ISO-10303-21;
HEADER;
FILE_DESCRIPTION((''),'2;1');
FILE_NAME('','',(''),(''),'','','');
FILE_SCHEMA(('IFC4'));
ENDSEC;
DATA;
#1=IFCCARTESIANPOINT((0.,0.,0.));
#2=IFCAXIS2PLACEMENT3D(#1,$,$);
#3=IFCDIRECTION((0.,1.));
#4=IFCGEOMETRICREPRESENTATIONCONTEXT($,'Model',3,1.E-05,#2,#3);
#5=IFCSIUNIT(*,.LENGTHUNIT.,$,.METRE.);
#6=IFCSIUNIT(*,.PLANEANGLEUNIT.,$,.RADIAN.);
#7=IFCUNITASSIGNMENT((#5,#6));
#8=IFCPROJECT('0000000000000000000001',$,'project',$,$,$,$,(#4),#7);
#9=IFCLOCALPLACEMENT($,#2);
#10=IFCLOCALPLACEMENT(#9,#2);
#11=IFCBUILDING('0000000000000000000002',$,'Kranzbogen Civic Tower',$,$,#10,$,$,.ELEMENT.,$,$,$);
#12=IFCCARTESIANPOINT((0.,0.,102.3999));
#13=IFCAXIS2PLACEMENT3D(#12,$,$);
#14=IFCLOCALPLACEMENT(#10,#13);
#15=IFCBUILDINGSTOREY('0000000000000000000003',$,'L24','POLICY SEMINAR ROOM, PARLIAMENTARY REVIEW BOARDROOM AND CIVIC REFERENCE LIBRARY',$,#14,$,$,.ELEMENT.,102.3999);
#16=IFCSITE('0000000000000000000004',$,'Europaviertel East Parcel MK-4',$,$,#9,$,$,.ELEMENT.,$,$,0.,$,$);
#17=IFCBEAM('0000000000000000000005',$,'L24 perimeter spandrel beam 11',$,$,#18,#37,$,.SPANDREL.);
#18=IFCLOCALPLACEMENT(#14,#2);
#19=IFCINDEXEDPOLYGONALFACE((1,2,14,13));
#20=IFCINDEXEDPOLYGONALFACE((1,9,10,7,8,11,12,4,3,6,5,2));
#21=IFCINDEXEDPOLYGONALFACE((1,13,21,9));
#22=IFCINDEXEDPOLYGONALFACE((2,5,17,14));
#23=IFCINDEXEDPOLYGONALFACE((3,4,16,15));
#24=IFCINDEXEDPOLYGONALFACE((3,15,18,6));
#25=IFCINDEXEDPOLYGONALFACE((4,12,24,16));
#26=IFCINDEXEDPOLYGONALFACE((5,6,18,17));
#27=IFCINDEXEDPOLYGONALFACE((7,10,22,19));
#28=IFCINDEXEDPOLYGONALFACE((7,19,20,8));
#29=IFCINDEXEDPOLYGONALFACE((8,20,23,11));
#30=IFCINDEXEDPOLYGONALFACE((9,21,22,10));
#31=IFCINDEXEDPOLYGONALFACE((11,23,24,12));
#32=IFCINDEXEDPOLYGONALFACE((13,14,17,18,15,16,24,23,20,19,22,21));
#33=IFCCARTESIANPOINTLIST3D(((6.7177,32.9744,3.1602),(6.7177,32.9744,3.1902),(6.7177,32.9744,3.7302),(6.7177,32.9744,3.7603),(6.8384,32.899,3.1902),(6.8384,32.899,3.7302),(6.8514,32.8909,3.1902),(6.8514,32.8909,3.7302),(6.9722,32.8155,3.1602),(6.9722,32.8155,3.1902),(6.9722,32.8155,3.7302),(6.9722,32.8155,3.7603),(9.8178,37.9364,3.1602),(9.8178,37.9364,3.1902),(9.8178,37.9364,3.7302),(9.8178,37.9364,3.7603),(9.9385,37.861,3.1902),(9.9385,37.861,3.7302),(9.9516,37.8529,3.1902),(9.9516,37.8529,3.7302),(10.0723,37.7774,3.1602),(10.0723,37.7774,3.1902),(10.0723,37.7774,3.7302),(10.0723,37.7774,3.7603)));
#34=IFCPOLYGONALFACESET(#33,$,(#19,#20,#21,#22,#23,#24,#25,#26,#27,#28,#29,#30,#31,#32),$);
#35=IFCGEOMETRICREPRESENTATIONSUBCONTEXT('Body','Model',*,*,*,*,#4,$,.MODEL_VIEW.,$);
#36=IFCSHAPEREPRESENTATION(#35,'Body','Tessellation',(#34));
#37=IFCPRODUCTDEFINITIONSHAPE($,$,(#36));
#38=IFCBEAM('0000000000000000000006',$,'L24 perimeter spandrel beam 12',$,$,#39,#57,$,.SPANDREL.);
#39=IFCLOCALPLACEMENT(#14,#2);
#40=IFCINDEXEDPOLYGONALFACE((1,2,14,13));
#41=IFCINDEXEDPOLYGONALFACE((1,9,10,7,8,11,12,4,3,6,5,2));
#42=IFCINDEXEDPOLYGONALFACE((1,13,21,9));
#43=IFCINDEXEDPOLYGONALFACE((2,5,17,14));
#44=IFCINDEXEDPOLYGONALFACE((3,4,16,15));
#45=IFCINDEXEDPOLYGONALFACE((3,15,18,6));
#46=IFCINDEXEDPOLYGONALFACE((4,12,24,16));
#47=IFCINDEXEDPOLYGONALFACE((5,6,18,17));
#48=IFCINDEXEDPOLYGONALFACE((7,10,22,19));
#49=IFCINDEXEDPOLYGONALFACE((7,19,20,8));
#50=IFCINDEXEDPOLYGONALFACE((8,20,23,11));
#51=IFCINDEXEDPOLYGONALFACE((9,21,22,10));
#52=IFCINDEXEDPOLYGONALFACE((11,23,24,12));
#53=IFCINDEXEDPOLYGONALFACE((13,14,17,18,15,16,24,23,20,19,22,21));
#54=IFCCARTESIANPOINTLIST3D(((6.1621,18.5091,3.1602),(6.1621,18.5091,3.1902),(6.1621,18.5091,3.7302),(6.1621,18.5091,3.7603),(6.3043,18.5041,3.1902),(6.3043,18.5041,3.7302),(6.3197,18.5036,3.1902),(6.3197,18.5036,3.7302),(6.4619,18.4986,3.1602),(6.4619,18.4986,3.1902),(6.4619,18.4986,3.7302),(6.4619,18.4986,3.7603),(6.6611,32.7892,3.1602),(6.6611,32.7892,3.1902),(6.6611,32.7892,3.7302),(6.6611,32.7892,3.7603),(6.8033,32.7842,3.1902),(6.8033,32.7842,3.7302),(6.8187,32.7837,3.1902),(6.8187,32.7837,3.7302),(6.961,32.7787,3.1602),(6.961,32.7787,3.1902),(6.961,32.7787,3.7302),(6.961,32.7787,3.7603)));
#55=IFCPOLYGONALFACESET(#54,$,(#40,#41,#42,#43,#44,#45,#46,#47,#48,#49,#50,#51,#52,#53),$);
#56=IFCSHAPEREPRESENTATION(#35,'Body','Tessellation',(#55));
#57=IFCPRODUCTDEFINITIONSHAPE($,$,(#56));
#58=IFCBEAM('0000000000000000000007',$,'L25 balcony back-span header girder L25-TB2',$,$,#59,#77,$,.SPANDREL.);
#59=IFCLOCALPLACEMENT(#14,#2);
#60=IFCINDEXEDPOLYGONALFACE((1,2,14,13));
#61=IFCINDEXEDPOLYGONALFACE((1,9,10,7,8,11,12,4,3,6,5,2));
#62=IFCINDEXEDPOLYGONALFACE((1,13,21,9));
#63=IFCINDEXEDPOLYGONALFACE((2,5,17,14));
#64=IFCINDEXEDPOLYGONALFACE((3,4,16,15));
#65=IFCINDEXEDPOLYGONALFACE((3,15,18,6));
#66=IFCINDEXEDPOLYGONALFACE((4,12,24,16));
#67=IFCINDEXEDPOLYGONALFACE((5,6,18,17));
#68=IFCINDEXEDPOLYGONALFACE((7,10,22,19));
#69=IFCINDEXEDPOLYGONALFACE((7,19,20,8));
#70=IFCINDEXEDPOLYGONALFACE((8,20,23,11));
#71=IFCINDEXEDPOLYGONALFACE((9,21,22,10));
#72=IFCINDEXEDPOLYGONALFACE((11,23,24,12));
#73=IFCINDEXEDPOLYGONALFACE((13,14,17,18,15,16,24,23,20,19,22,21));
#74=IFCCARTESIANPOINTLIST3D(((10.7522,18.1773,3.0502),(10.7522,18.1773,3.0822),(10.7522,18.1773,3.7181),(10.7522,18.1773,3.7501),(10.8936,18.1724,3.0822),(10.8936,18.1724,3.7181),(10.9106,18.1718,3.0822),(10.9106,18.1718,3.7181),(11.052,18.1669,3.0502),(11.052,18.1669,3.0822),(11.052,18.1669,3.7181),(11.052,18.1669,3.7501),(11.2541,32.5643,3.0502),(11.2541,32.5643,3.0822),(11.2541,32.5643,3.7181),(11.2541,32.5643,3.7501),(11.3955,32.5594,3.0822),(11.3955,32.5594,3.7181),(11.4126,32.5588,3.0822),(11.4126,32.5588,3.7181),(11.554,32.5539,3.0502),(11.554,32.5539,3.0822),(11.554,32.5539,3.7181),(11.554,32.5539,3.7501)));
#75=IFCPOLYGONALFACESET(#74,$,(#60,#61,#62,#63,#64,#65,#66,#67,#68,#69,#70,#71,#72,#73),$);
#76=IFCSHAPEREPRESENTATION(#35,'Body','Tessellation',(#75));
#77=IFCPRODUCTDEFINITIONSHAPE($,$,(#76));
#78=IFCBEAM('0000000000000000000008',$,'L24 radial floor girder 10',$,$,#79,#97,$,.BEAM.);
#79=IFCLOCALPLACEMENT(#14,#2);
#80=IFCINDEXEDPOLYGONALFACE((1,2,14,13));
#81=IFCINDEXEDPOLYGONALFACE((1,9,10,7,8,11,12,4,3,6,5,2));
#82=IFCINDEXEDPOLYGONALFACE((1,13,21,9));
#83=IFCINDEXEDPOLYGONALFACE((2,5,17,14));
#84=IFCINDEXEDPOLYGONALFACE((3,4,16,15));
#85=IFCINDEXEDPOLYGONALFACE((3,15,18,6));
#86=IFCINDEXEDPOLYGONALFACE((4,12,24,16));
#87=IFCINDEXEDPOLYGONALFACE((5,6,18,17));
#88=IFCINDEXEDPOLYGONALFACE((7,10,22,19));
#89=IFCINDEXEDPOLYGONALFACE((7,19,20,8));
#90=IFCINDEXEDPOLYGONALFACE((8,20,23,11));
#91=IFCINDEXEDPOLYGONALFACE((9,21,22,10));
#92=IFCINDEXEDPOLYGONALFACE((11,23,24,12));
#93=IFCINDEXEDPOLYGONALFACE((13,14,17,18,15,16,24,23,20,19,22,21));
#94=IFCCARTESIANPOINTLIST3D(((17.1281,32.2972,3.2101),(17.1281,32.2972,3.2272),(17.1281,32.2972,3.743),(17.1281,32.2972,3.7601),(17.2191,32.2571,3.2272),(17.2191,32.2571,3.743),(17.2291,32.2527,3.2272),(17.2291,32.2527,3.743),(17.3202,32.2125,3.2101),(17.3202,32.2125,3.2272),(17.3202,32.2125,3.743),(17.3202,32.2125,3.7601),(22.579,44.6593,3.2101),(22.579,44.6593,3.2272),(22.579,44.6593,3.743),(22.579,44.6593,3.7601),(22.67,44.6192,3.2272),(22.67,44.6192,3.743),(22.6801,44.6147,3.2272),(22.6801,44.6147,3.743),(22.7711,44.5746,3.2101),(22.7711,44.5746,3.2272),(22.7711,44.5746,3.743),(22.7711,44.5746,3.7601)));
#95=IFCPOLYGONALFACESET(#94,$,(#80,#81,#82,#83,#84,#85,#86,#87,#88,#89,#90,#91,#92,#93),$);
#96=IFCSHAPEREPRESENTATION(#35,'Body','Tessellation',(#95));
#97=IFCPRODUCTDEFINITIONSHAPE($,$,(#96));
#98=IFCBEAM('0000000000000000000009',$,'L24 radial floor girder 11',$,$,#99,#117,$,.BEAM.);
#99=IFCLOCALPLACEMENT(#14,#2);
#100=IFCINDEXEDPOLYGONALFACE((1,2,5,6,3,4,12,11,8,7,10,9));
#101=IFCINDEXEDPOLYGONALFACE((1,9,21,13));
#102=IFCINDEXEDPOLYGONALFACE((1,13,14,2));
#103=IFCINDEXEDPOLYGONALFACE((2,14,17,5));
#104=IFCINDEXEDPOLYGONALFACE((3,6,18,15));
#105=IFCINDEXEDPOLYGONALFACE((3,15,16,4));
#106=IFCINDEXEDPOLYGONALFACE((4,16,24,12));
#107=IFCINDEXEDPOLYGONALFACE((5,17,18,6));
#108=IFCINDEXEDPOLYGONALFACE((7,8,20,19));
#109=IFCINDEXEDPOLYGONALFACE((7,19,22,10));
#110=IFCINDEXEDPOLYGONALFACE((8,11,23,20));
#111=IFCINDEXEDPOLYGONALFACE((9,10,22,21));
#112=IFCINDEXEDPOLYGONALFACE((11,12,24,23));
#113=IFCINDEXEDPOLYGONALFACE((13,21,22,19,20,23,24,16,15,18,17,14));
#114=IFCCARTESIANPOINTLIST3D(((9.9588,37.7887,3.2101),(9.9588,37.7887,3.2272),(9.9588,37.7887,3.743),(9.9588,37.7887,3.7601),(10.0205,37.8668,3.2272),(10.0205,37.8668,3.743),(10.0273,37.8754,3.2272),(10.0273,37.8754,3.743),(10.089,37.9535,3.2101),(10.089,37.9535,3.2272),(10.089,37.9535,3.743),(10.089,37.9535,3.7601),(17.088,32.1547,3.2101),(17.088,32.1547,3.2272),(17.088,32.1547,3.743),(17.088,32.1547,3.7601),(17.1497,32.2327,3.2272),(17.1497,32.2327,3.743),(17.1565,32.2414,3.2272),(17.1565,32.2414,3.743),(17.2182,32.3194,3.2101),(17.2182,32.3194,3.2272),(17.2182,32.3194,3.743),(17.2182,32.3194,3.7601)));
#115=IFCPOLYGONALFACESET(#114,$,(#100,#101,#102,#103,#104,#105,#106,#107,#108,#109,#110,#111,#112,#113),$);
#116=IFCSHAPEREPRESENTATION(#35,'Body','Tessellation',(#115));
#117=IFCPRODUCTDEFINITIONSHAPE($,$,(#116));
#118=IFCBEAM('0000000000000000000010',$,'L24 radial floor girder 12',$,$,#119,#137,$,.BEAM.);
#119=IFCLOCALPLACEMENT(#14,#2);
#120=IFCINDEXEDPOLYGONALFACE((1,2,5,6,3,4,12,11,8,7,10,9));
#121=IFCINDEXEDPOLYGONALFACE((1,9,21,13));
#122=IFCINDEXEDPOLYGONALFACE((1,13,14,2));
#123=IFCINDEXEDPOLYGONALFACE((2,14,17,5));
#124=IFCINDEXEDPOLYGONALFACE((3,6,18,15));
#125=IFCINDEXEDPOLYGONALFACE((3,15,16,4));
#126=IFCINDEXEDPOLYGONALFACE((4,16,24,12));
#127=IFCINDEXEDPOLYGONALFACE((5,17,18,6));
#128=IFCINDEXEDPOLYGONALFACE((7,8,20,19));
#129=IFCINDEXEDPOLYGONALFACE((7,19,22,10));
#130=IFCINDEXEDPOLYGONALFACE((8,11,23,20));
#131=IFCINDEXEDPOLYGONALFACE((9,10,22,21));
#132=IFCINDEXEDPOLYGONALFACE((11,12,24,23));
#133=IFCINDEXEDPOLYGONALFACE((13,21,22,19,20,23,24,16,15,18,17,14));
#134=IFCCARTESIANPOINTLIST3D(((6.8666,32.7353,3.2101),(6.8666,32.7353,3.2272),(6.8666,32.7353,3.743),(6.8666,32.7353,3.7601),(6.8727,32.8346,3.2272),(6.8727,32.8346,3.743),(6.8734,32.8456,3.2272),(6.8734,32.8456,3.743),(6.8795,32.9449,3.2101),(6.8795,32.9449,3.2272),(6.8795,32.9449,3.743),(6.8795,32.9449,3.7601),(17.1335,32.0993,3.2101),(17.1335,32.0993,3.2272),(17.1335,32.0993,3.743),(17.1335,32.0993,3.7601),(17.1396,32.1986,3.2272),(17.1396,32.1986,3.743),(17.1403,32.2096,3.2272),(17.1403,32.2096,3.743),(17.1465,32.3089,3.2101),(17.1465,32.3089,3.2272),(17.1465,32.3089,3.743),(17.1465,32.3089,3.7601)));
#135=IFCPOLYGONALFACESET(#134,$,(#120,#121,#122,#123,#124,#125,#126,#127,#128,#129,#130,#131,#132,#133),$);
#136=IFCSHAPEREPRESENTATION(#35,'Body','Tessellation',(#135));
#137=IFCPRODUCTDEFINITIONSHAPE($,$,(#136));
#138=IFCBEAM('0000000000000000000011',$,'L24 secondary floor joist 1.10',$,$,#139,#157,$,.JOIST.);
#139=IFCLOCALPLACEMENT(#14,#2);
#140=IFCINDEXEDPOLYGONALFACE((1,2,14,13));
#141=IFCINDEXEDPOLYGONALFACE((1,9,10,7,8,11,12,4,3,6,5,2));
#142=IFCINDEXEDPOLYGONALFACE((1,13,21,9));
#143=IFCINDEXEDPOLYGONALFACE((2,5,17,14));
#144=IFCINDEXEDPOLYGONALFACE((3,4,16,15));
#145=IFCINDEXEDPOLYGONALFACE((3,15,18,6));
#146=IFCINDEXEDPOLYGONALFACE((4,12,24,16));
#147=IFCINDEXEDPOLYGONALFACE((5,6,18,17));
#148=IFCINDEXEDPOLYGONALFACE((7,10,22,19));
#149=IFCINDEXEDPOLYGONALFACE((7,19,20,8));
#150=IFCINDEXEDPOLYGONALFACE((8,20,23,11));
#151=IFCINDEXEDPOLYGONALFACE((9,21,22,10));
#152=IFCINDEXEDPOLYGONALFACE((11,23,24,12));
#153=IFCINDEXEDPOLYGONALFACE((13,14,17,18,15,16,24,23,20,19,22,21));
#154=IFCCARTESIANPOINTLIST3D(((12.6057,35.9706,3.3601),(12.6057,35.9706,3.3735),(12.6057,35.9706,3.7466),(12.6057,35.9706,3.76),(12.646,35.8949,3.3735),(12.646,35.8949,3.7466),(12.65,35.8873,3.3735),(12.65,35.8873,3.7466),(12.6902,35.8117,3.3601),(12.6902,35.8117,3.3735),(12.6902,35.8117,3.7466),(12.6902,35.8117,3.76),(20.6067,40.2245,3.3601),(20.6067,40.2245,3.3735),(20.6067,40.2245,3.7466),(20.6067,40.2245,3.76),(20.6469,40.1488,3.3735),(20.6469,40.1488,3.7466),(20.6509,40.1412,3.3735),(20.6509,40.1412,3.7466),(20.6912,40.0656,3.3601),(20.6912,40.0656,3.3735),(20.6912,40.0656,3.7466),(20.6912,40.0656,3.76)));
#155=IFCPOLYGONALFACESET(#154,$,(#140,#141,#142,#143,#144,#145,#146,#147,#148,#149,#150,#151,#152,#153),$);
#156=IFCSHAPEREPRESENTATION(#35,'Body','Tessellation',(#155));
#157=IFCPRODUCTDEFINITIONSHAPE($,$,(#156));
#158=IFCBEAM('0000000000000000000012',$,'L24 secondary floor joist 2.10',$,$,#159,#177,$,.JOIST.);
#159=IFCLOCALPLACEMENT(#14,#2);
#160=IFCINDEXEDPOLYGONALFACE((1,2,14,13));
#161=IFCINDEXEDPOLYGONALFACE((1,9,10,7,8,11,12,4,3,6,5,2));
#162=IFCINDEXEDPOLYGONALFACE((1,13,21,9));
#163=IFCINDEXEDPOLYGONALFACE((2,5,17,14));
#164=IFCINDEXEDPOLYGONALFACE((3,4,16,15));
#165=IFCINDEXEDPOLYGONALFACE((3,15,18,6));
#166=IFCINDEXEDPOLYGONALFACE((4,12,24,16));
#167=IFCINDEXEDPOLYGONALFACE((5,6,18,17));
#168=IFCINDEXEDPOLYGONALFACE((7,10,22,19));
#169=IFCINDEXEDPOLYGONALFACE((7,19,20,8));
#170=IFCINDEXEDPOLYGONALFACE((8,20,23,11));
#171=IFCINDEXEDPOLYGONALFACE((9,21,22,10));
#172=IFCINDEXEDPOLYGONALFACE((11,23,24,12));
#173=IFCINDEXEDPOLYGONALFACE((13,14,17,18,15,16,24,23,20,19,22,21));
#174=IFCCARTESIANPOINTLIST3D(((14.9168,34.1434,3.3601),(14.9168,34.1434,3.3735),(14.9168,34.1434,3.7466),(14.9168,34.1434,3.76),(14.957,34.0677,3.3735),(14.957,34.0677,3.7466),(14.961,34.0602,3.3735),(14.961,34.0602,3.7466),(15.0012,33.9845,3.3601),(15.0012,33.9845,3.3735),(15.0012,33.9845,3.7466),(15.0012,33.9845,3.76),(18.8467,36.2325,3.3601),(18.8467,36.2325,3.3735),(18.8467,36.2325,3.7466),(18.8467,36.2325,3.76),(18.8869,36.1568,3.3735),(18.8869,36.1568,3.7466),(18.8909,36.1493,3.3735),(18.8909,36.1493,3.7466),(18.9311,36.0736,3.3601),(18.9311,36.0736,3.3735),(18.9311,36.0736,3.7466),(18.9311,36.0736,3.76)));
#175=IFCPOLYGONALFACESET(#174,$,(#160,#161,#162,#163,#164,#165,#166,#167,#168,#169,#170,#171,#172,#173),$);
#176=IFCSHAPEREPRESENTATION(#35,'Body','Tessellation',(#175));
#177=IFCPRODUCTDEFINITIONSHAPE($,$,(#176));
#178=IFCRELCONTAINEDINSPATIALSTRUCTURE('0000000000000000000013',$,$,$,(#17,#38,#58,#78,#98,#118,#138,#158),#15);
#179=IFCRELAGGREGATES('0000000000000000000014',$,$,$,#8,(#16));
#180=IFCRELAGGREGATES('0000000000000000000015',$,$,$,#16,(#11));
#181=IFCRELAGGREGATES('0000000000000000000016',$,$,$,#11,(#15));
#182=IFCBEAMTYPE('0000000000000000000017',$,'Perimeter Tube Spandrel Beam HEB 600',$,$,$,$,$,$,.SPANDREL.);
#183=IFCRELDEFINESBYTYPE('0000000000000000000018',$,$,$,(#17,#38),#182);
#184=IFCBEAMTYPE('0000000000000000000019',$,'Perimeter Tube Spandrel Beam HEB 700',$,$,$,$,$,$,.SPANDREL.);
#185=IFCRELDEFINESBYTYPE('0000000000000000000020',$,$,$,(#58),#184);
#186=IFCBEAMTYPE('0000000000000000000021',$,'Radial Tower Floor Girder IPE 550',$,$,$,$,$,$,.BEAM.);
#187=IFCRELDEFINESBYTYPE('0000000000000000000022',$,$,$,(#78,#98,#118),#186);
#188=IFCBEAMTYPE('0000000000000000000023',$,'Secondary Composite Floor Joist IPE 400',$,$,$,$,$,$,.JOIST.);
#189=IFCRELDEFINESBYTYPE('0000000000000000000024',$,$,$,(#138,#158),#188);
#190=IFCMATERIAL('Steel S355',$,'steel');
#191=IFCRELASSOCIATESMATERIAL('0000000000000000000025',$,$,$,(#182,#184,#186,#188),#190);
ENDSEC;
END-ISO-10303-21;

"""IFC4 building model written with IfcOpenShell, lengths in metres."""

from ifc_helpers import new_model, si_unit, direction, frame, origin, origin_2d, place, context, subcontext, project, spatial, i_section, extrude, material, material_profile, profile_set, type_object, element, save


model = new_model("IFC4")

# Units and contexts
model_context = context("Model", 3, precision=1e-05, world=origin(), true_north=direction((0.0, 1.0)))
body_context = subcontext(model_context, "Body", "Model", "MODEL_VIEW")
ifc_project = project(units=[si_unit("LENGTHUNIT", "METRE"), si_unit("PLANEANGLEUNIT", "RADIAN")], contexts=[model_context])

# Site, building, storey
site_placement = place(None, origin())
site = spatial("IfcSite", under=ifc_project, at=site_placement, Name="Europaviertel East Parcel MK-4", CompositionType="ELEMENT", RefElevation=0.0)
building_placement = place(site_placement, origin())
building = spatial("IfcBuilding", under=site, at=building_placement, Name="Kranzbogen Civic Tower", CompositionType="ELEMENT")
storey_placement = place(building_placement, frame((0.0, 0.0, 102.3999)))
storey = spatial("IfcBuildingStorey", under=building, at=storey_placement, Name="L24", Description="POLICY SEMINAR ROOM, PARLIAMENTARY REVIEW BOARDROOM AND CIVIC REFERENCE LIBRARY", CompositionType="ELEMENT", Elevation=102.3999)

# Beams
ifc_material_1 = material(Name="Steel S355", Category="steel")
ifc_material_profile_1 = material_profile(ifc_material_1, i_section(OverallWidth=0.3, OverallDepth=0.6001, WebThickness=0.0154, FlangeThickness=0.03, at=origin_2d()), Name="HEB 600")
ifc_profile_set_1 = profile_set([ifc_material_profile_1], Name="Steel S355")
beam_type_1 = type_object("IfcBeamType", Name="Perimeter Tube Spandrel Beam HEB 600", PredefinedType="SPANDREL", material=ifc_profile_set_1)
beam_1_placement = place(storey_placement, frame((9.9451, 37.8569, 3.4602), z_axis=(-0.529864, -0.848083, 0.0), x_axis=(0.848083, -0.529864, 0.0)))
element("IfcBeam", 1, at=beam_1_placement, inside=storey, type_object=beam_type_1, Name="L24 perimeter spandrel beam 11", PredefinedType="SPANDREL", context=body_context, shape_type="SweptSolid", body=[
    extrude(i_section(OverallWidth=0.3, OverallDepth=0.6001, WebThickness=0.0154, FlangeThickness=0.03, at=origin_2d()), origin(), (0.0, 0.0, 1.0), 5.8508),
])
beam_2_placement = place(storey_placement, frame((6.811, 32.7839, 3.4602), z_axis=(-0.034924, -0.99939, 0.0), x_axis=(0.99939, -0.034924, 0.0)))
element("IfcBeam", 2, at=beam_2_placement, inside=storey, type_object=beam_type_1, Name="L24 perimeter spandrel beam 12", PredefinedType="SPANDREL", context=body_context, shape_type="SweptSolid", body=[
    extrude(i_section(OverallWidth=0.3, OverallDepth=0.6001, WebThickness=0.0154, FlangeThickness=0.03, at=origin_2d()), origin(), (0.0, 0.0, 1.0), 14.2888),
])
ifc_material_profile_2 = material_profile(ifc_material_1, i_section(OverallWidth=0.3, OverallDepth=0.7, WebThickness=0.0171, FlangeThickness=0.032, at=origin_2d()), Name="HEB 700")
ifc_profile_set_2 = profile_set([ifc_material_profile_2], Name="Steel S355")
beam_type_2 = type_object("IfcBeamType", Name="Perimeter Tube Spandrel Beam HEB 700", PredefinedType="SPANDREL", material=ifc_profile_set_2)
beam_3_placement = place(storey_placement, frame((11.4041, 32.5591, 3.4001), z_axis=(-0.034868, -0.999392, 0.0), x_axis=(0.999392, -0.034868, 0.0)))
element("IfcBeam", 3, at=beam_3_placement, inside=storey, type_object=beam_type_2, Name="L25 balcony back-span header girder L25-TB2", PredefinedType="SPANDREL", context=body_context, shape_type="SweptSolid", body=[
    extrude(i_section(OverallWidth=0.3, OverallDepth=0.7, WebThickness=0.0171, FlangeThickness=0.032, at=origin_2d()), origin(), (0.0, 0.0, 1.0), 14.3958),
])
ifc_material_profile_3 = material_profile(ifc_material_1, i_section(OverallWidth=0.21, OverallDepth=0.55, WebThickness=0.011, FlangeThickness=0.0171, at=origin_2d()), Name="IPE 550")
ifc_profile_set_3 = profile_set([ifc_material_profile_3], Name="Steel S355")
beam_type_3 = type_object("IfcBeamType", Name="Radial Tower Floor Girder IPE 550", PredefinedType="BEAM", material=ifc_profile_set_3)
beam_4_placement = place(storey_placement, frame((22.675, 44.6169, 3.4851), z_axis=(-0.403459, -0.914998, 0.0), x_axis=(0.914998, -0.403459, 0.0)))
element("IfcBeam", 4, at=beam_4_placement, inside=storey, type_object=beam_type_3, Name="L24 radial floor girder 10", PredefinedType="BEAM", context=body_context, shape_type="SweptSolid", body=[
    extrude(i_section(OverallWidth=0.21, OverallDepth=0.55, WebThickness=0.011, FlangeThickness=0.0171, at=origin_2d()), origin(), (0.0, 0.0, 1.0), 13.5105),
])
beam_5_placement = place(storey_placement, frame((10.0239, 37.8711, 3.4851), z_axis=(0.784575, -0.620034, 0.0), x_axis=(0.620034, 0.784575, 0.0)))
element("IfcBeam", 5, at=beam_5_placement, inside=storey, type_object=beam_type_3, Name="L24 radial floor girder 11", PredefinedType="BEAM", context=body_context, shape_type="SweptSolid", body=[
    extrude(i_section(OverallWidth=0.21, OverallDepth=0.55, WebThickness=0.011, FlangeThickness=0.0171, at=origin_2d()), origin(), (0.0, 0.0, 1.0), 9.0867),
])
beam_6_placement = place(storey_placement, frame((6.873, 32.8401, 3.4851), z_axis=(0.998087, -0.061827, 0.0), x_axis=(0.061827, 0.998087, 0.0)))
element("IfcBeam", 6, at=beam_6_placement, inside=storey, type_object=beam_type_3, Name="L24 radial floor girder 12", PredefinedType="BEAM", context=body_context, shape_type="SweptSolid", body=[
    extrude(i_section(OverallWidth=0.21, OverallDepth=0.55, WebThickness=0.011, FlangeThickness=0.0171, at=origin_2d()), origin(), (0.0, 0.0, 1.0), 10.2866),
])
ifc_material_profile_4 = material_profile(ifc_material_1, i_section(OverallWidth=0.1799, OverallDepth=0.3999, WebThickness=0.0085, FlangeThickness=0.0134, at=origin_2d()), Name="IPE 400")
ifc_profile_set_4 = profile_set([ifc_material_profile_4], Name="Steel S355")
beam_type_4 = type_object("IfcBeamType", Name="Secondary Composite Floor Joist IPE 400", PredefinedType="JOIST", material=ifc_profile_set_4)
beam_7_placement = place(storey_placement, frame((20.6489, 40.145, 3.5601), z_axis=(-0.882961, -0.469447, 0.0), x_axis=(0.469447, -0.882961, 0.0)))
element("IfcBeam", 7, at=beam_7_placement, inside=storey, type_object=beam_type_4, Name="L24 secondary floor joist 1.10", PredefinedType="JOIST", context=body_context, shape_type="SweptSolid", body=[
    extrude(i_section(OverallWidth=0.1799, OverallDepth=0.3999, WebThickness=0.0085, FlangeThickness=0.0134, at=origin_2d()), origin(), (0.0, 0.0, 1.0), 9.0615),
])
beam_8_placement = place(storey_placement, frame((18.8889, 36.1531, 3.5601), z_axis=(-0.882991, -0.469389, 0.0), x_axis=(0.469389, -0.882991, 0.0)))
element("IfcBeam", 8, at=beam_8_placement, inside=storey, type_object=beam_type_4, Name="L24 secondary floor joist 2.10", PredefinedType="JOIST", context=body_context, shape_type="SweptSolid", body=[
    extrude(i_section(OverallWidth=0.1799, OverallDepth=0.3999, WebThickness=0.0085, FlangeThickness=0.0134, at=origin_2d()), origin(), (0.0, 0.0, 1.0), 4.4507),
])

save(model, "model.ifc")
